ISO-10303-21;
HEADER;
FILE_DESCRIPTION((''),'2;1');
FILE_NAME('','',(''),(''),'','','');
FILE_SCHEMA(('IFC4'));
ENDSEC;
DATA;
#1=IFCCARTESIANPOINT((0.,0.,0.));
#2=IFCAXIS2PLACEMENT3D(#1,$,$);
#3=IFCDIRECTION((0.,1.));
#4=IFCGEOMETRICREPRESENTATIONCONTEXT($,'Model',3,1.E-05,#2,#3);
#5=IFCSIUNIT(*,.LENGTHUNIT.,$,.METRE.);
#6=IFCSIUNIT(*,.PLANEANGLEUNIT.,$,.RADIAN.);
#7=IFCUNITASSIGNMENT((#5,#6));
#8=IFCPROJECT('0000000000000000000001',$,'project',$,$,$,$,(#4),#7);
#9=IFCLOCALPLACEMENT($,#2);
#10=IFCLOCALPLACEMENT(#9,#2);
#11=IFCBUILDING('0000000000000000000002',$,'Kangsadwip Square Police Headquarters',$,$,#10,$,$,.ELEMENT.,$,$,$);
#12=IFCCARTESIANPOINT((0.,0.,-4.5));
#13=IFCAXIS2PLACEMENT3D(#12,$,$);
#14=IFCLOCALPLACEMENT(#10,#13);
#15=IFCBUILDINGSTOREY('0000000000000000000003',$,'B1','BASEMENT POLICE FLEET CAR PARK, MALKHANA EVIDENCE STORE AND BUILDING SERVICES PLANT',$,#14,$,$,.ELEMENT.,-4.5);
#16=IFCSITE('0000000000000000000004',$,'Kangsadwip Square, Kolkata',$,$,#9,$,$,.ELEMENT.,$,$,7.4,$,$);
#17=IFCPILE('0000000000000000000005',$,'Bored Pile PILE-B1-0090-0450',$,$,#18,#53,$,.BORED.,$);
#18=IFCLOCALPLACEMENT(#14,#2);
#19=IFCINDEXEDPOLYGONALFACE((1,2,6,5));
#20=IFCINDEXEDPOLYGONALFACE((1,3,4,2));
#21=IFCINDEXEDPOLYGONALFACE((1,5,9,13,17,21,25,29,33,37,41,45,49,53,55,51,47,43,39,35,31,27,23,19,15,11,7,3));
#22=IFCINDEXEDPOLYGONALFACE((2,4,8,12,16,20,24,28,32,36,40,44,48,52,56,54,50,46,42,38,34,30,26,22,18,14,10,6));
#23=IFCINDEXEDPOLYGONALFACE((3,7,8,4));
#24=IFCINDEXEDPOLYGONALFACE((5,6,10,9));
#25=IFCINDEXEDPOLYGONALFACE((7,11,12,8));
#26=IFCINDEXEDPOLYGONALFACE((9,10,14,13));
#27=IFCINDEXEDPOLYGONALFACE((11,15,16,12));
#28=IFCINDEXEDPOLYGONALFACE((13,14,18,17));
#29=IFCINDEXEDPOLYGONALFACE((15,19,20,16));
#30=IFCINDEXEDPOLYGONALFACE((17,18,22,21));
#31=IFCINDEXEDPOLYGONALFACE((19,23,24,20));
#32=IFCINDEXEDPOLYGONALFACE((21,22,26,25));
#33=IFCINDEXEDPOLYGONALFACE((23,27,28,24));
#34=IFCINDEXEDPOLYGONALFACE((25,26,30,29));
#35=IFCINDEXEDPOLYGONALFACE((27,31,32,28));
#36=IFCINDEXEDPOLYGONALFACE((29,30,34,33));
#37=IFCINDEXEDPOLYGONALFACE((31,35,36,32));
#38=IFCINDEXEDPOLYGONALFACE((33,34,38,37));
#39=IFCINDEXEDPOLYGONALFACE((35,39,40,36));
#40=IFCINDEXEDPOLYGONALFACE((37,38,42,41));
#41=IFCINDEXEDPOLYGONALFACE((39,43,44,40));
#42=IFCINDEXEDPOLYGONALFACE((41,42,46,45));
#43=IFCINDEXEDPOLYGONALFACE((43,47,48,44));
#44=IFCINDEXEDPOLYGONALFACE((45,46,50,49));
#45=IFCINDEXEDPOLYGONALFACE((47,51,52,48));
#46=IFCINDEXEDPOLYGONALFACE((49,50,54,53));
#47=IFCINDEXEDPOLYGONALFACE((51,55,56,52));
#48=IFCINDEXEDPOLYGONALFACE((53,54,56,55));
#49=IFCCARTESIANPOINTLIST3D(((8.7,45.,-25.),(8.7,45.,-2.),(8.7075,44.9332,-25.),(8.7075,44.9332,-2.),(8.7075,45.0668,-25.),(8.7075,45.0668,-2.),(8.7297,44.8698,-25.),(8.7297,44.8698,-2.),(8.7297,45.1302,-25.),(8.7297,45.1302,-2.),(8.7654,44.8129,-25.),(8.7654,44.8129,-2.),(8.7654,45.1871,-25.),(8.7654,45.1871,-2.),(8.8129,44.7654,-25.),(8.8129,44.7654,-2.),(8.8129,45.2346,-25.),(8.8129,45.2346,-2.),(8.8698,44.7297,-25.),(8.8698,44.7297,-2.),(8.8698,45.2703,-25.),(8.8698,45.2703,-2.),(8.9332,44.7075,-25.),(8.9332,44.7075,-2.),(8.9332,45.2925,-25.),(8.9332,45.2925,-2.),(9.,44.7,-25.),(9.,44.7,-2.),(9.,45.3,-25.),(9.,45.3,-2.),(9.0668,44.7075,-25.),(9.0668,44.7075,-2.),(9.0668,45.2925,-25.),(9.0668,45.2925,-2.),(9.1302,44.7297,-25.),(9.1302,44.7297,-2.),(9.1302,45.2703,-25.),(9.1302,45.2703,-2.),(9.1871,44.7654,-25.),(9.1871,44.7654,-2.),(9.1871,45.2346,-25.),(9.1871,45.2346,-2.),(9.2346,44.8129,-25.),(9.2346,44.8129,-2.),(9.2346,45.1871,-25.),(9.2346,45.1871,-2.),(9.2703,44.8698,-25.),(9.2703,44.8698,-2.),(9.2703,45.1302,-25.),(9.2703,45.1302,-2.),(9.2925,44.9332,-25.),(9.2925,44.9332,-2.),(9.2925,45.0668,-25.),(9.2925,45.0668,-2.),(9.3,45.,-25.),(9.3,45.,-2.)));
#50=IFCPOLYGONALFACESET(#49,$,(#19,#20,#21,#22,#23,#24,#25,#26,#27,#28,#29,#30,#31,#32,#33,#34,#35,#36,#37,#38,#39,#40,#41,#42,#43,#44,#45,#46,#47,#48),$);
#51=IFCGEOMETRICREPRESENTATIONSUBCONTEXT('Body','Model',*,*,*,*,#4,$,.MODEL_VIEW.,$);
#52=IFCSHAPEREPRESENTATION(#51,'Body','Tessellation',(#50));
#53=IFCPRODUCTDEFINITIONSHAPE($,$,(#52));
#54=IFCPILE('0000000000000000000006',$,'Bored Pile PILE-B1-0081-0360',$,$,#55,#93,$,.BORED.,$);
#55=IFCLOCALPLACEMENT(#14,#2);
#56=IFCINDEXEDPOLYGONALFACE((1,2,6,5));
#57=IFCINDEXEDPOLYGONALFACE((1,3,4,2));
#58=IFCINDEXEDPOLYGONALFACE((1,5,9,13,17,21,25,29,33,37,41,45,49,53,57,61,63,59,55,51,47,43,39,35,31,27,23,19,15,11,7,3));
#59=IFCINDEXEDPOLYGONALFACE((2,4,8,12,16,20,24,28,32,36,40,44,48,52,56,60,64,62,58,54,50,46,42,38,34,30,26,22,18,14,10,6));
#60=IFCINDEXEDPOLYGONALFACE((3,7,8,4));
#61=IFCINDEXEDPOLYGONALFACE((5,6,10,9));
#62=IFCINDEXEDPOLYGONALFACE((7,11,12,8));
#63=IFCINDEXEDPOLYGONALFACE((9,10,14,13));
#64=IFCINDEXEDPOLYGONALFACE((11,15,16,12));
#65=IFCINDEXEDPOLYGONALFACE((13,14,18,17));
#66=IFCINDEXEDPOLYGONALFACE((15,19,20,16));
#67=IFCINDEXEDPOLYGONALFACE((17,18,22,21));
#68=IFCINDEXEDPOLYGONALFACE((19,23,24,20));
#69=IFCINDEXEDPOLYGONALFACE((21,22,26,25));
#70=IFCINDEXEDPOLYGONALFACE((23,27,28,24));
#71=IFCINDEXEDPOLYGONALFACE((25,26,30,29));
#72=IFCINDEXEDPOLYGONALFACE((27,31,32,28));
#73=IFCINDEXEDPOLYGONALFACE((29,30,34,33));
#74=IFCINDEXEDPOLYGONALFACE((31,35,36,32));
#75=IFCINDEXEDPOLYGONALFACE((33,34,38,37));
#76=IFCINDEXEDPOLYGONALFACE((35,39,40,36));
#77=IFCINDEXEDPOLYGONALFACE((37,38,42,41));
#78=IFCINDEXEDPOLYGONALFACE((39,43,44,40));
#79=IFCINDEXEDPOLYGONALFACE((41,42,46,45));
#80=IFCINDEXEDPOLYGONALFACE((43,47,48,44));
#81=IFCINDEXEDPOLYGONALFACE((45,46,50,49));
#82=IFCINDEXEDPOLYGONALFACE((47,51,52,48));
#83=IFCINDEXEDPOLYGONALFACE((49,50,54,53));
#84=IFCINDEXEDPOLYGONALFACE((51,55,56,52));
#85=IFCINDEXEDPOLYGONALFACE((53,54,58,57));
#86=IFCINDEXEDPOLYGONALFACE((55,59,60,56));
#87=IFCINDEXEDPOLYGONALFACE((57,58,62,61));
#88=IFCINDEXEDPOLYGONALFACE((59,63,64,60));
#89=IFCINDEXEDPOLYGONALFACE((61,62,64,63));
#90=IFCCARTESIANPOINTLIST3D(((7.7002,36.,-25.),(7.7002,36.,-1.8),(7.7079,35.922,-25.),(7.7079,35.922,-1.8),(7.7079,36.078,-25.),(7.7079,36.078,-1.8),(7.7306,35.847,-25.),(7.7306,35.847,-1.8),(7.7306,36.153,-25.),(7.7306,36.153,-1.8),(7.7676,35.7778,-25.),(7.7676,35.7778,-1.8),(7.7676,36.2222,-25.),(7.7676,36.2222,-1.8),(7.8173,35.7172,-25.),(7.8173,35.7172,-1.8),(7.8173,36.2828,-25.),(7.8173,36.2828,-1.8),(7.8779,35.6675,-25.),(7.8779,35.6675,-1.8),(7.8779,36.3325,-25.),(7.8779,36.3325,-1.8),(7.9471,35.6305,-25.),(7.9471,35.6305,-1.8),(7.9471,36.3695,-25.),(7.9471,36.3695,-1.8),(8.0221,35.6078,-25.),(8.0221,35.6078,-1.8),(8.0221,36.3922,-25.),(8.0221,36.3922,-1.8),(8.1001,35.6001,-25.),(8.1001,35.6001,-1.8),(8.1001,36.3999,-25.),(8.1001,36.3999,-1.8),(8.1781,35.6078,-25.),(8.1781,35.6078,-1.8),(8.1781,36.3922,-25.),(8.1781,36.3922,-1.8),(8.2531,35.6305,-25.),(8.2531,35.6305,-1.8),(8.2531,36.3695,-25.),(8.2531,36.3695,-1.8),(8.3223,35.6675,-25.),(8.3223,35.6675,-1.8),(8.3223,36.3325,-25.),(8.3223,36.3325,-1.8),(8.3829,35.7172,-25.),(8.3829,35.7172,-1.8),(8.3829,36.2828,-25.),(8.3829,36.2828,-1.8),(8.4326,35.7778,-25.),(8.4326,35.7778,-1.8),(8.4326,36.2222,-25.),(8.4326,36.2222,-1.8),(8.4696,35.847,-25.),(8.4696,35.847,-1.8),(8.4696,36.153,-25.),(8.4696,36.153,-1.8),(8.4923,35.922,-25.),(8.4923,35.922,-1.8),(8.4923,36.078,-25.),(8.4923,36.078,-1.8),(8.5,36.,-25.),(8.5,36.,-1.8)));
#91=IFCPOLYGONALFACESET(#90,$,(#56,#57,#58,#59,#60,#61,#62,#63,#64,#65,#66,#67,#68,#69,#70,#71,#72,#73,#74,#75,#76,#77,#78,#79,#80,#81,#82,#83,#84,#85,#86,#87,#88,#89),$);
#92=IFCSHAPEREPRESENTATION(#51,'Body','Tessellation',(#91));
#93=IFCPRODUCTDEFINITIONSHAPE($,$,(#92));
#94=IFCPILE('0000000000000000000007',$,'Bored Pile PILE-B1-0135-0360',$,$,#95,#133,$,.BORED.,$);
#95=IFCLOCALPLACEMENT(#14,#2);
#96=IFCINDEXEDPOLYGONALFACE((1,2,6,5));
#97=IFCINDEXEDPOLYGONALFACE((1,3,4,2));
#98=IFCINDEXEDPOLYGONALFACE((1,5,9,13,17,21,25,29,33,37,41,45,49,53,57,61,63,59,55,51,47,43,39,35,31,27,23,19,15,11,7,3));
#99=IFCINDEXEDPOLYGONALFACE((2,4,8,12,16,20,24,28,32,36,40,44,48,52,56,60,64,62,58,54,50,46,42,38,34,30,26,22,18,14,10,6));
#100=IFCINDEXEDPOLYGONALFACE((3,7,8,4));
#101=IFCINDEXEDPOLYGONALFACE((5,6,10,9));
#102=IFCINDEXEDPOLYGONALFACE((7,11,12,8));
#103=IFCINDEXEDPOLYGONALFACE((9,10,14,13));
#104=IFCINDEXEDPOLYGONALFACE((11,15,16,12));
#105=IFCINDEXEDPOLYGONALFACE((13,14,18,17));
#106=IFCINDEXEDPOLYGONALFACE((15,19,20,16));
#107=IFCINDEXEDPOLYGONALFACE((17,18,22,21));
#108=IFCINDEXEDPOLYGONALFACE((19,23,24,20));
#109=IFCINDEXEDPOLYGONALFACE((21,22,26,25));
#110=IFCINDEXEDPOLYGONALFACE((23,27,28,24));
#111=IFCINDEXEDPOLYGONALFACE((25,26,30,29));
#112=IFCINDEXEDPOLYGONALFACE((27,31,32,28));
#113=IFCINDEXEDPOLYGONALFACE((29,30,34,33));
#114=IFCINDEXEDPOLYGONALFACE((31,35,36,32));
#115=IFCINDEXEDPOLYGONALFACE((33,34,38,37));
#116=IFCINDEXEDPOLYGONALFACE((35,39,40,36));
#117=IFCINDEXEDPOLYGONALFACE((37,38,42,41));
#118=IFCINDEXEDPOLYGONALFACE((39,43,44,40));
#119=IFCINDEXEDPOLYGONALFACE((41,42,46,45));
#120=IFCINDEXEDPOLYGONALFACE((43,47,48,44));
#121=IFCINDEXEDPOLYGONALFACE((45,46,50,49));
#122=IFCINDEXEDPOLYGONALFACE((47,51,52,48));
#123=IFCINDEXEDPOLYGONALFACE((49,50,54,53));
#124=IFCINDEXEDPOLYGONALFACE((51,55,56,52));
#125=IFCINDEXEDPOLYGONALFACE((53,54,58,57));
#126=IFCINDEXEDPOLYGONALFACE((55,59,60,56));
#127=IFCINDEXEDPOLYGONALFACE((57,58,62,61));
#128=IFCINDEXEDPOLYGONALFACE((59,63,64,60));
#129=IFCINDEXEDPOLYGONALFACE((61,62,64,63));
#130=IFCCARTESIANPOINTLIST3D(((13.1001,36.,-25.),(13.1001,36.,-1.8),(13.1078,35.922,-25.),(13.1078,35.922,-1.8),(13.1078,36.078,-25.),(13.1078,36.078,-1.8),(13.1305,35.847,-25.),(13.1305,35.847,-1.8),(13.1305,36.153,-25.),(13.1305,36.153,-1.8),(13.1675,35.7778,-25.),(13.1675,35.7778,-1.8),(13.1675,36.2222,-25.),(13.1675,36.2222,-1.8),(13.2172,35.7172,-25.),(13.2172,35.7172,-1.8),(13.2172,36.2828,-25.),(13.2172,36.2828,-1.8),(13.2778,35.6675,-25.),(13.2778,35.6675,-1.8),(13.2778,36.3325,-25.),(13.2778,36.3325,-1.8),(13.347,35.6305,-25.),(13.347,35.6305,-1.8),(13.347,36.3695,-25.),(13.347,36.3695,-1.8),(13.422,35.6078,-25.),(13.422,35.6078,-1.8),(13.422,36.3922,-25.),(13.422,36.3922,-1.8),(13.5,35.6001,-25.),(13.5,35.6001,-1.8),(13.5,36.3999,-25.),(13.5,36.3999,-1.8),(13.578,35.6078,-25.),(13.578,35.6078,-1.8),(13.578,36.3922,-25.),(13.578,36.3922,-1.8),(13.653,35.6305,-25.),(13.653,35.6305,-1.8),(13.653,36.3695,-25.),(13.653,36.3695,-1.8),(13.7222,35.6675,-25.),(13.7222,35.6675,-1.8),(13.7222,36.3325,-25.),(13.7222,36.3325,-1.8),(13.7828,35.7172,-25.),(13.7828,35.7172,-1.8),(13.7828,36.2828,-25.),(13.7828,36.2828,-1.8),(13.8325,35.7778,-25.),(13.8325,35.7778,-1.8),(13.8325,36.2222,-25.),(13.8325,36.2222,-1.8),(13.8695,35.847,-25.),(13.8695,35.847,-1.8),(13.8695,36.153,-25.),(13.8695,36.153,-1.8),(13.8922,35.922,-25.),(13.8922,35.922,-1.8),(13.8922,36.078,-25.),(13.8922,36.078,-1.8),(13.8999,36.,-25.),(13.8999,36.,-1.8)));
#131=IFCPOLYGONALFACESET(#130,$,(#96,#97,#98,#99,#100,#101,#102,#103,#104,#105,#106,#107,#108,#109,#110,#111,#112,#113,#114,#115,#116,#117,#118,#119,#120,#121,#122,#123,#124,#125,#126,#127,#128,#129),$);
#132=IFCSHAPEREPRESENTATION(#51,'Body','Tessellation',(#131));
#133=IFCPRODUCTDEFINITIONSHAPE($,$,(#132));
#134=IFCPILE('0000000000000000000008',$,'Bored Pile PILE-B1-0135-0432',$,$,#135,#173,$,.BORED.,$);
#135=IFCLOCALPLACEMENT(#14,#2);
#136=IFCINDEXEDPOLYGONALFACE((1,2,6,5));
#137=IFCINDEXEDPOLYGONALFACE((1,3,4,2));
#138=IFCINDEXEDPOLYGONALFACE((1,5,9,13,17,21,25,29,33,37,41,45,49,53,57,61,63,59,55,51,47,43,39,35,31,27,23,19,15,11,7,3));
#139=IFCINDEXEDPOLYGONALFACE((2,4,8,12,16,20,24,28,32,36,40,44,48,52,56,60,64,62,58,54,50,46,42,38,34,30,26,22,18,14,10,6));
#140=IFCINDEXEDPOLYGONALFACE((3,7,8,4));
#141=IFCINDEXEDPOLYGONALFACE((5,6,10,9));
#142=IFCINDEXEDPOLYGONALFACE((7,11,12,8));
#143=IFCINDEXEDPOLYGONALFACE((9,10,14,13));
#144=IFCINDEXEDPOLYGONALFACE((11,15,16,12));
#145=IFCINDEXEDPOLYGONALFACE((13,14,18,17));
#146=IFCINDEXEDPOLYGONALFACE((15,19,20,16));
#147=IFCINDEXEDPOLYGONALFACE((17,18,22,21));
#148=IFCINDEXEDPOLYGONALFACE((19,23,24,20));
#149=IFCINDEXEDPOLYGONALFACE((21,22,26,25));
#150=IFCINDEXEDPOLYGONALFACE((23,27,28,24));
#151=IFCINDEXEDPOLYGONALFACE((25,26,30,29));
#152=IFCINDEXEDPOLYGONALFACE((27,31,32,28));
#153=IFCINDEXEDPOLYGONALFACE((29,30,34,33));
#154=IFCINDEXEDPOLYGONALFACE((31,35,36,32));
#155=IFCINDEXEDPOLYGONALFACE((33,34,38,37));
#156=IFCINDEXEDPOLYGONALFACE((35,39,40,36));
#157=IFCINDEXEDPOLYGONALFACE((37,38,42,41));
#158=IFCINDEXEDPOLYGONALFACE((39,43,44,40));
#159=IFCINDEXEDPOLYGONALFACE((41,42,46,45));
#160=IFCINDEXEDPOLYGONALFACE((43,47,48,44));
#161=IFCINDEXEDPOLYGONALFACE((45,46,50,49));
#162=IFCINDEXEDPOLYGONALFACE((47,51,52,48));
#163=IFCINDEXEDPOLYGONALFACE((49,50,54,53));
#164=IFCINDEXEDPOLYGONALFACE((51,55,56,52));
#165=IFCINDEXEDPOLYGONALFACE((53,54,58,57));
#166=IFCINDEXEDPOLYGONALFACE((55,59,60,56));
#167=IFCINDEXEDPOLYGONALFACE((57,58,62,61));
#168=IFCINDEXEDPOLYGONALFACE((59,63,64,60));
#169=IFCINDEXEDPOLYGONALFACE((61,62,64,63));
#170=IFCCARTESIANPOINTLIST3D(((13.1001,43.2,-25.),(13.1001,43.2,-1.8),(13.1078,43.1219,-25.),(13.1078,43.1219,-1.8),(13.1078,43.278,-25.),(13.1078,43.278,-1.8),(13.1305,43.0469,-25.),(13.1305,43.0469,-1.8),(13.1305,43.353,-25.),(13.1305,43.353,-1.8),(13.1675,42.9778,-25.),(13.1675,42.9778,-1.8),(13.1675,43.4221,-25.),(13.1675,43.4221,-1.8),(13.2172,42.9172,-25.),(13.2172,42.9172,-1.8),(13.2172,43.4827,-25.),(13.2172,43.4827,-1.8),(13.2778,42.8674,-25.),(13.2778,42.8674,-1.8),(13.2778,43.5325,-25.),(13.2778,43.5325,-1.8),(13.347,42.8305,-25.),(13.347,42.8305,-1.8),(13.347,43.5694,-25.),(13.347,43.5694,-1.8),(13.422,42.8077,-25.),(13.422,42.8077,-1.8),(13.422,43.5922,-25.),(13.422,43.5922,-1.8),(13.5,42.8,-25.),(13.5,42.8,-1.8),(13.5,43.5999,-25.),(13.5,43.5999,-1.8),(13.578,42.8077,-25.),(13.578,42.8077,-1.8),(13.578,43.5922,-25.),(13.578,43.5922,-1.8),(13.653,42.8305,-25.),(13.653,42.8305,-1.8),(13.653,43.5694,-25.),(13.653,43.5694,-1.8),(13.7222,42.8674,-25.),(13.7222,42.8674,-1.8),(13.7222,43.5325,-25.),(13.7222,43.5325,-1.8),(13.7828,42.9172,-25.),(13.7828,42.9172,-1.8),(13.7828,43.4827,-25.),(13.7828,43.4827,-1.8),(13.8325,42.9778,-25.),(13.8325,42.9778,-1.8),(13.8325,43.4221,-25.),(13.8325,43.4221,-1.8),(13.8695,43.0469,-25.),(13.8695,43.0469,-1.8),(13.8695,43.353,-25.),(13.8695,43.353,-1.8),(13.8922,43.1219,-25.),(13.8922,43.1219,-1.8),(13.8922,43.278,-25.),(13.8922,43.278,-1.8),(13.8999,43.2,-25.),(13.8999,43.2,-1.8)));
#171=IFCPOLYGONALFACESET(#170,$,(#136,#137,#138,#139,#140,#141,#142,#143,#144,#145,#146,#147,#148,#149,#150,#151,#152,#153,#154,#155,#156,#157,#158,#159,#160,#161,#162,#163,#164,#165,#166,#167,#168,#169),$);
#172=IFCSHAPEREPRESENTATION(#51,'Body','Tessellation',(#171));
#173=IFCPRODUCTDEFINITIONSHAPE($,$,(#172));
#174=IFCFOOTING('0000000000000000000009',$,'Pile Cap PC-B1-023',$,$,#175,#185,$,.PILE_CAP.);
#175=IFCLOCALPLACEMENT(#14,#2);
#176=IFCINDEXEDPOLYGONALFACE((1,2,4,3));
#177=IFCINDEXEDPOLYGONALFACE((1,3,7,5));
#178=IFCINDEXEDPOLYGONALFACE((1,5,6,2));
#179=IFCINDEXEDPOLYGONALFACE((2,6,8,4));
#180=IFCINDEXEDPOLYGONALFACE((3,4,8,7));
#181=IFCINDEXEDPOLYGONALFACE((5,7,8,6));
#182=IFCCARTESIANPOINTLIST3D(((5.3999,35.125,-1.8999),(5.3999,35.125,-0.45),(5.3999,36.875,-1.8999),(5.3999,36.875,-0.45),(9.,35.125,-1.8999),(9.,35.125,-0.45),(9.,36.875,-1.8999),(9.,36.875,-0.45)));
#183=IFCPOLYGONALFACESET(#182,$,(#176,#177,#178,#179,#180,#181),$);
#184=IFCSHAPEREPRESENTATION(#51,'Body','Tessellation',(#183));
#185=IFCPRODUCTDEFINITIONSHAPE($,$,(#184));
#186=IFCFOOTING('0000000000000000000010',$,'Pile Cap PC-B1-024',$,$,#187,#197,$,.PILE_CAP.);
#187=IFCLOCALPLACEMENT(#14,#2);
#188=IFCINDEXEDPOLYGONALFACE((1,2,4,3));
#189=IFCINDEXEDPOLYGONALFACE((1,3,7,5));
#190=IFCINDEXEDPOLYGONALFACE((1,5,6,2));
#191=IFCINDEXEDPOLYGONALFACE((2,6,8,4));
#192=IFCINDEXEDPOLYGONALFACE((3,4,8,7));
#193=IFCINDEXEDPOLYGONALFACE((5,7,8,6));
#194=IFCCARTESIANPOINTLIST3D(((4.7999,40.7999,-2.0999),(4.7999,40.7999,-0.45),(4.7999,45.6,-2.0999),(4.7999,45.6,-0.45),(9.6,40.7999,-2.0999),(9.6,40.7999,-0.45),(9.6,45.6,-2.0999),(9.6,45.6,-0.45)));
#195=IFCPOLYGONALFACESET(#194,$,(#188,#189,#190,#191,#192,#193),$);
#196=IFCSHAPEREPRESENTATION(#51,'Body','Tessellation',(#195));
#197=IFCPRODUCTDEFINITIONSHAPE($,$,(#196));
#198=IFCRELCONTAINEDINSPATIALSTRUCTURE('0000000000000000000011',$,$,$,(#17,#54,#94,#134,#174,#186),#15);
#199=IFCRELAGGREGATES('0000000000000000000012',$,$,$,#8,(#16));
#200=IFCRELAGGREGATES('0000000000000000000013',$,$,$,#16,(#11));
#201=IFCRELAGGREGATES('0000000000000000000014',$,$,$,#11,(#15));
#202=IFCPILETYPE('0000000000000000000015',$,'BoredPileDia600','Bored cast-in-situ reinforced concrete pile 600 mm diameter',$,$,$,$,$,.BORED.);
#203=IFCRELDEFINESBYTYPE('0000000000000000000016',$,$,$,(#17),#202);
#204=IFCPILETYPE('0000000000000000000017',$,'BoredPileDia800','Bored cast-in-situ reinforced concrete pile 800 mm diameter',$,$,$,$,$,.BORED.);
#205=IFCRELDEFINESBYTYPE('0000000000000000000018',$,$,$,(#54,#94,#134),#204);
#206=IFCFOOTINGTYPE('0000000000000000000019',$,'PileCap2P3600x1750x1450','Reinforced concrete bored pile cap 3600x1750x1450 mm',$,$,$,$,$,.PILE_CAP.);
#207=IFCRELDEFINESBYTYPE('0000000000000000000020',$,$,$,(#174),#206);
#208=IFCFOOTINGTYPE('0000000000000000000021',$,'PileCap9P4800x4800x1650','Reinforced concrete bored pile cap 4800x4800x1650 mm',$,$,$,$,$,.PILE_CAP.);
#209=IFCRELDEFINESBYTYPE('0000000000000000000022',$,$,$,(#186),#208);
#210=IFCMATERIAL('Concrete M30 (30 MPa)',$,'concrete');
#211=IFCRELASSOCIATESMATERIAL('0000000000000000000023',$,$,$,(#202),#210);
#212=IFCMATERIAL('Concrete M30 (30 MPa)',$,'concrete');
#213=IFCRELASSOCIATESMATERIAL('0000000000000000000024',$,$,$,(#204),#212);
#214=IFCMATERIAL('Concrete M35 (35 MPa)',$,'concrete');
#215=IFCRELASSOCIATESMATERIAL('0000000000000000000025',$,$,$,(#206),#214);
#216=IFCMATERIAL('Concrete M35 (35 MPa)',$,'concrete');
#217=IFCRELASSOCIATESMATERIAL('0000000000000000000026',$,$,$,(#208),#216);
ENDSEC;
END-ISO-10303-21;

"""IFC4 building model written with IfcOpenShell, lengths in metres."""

from ifc_helpers import new_model, si_unit, direction, frame, origin, origin_2d, place, context, subcontext, project, spatial, rectangle, circle, extrude, material, material_profile, profile_set, type_object, element, save


model = new_model("IFC4")

# Units and contexts
model_context = context("Model", 3, precision=1e-05, world=origin(), true_north=direction((0.0, 1.0)))
body_context = subcontext(model_context, "Body", "Model", "MODEL_VIEW")
ifc_project = project(units=[si_unit("LENGTHUNIT", "METRE"), si_unit("PLANEANGLEUNIT", "RADIAN")], contexts=[model_context])

# Site, building, storey
site_placement = place(None, origin())
site = spatial("IfcSite", under=ifc_project, at=site_placement, Name="Kangsadwip Square, Kolkata", CompositionType="ELEMENT", RefElevation=7.4)
building_placement = place(site_placement, origin())
building = spatial("IfcBuilding", under=site, at=building_placement, Name="Kangsadwip Square Police Headquarters", CompositionType="ELEMENT")
storey_placement = place(building_placement, frame((0.0, 0.0, -4.5)))
storey = spatial("IfcBuildingStorey", under=building, at=storey_placement, Name="B1", Description="BASEMENT POLICE FLEET CAR PARK, MALKHANA EVIDENCE STORE AND BUILDING SERVICES PLANT", CompositionType="ELEMENT", Elevation=-4.5)

# Piles
ifc_material_1 = material(Name="Concrete M30 (30 MPa)", Category="concrete")
ifc_material_profile_1 = material_profile(ifc_material_1, circle(Radius=0.3, at=origin_2d()), Name="PILE DIA 600")
ifc_profile_set_1 = profile_set([ifc_material_profile_1], Name="Concrete M30 (30 MPa)")
pile_type_1 = type_object("IfcPileType", Name="BoredPileDia600", Description="Bored cast-in-situ reinforced concrete pile 600 mm diameter", PredefinedType="BORED", material=ifc_profile_set_1)
for number, where, z_axis, x_axis, name in (
    (1, (9.0, 45.0, -2.0), (0.0, 0.0, -1.0), (1.0, 0.0, 0.0), "Bored Pile PILE-B1-0090-0450"),
):
    element("IfcPile", number, at=place(storey_placement, frame(where, z_axis=z_axis, x_axis=x_axis)), inside=storey, type_object=pile_type_1, Name=name, PredefinedType="BORED", context=body_context, shape_type="SweptSolid", body=[
        extrude(circle(Radius=0.3, at=origin_2d()), origin(), (0.0, 0.0, 1.0), 23.0),
    ])
ifc_material_2 = material(Name="Concrete M30 (30 MPa)", Category="concrete")
ifc_material_profile_2 = material_profile(ifc_material_2, circle(Radius=0.3999, at=origin_2d()), Name="PILE DIA 800")
ifc_profile_set_2 = profile_set([ifc_material_profile_2], Name="Concrete M30 (30 MPa)")
pile_type_2 = type_object("IfcPileType", Name="BoredPileDia800", Description="Bored cast-in-situ reinforced concrete pile 800 mm diameter", PredefinedType="BORED", material=ifc_profile_set_2)
for number, where, z_axis, x_axis, name in (
    (2, (8.1001, 36.0, -1.8), (0.0, 0.0, -1.0), (1.0, 0.0, 0.0), "Bored Pile PILE-B1-0081-0360"),
    (3, (13.5, 36.0, -1.8), (0.0, 0.0, -1.0), (1.0, 0.0, 0.0), "Bored Pile PILE-B1-0135-0360"),
    (4, (13.5, 43.2, -1.8), (0.0, 0.0, -1.0), (1.0, 0.0, 0.0), "Bored Pile PILE-B1-0135-0432"),
):
    element("IfcPile", number, at=place(storey_placement, frame(where, z_axis=z_axis, x_axis=x_axis)), inside=storey, type_object=pile_type_2, Name=name, PredefinedType="BORED", context=body_context, shape_type="SweptSolid", body=[
        extrude(circle(Radius=0.3999, at=origin_2d()), origin(), (0.0, 0.0, 1.0), 23.2),
    ])

# Footings
ifc_material_3 = material(Name="Concrete M35 (35 MPa)", Category="concrete")
footing_type_1 = type_object("IfcFootingType", Name="PileCap2P3600x1750x1450", Description="Reinforced concrete bored pile cap 3600x1750x1450 mm", PredefinedType="PILE_CAP", material=ifc_material_3)
footing_1_placement = place(storey_placement, frame((7.2, 36.0, -1.8999), z_axis=(0.0, 0.0, 1.0), x_axis=(1.0, 0.0, 0.0)))
element("IfcFooting", 5, at=footing_1_placement, inside=storey, type_object=footing_type_1, Name="Pile Cap PC-B1-023", PredefinedType="PILE_CAP", context=body_context, shape_type="SweptSolid", body=[
    extrude(rectangle(XDim=3.6001, YDim=1.75, at=origin_2d()), origin(), (0.0, 0.0, 1.0), 1.45),
])
ifc_material_4 = material(Name="Concrete M35 (35 MPa)", Category="concrete")
footing_type_2 = type_object("IfcFootingType", Name="PileCap9P4800x4800x1650", Description="Reinforced concrete bored pile cap 4800x4800x1650 mm", PredefinedType="PILE_CAP", material=ifc_material_4)
footing_2_placement = place(storey_placement, frame((7.2, 43.2, -2.0999), z_axis=(0.0, 0.0, 1.0), x_axis=(1.0, 0.0, 0.0)))
element("IfcFooting", 6, at=footing_2_placement, inside=storey, type_object=footing_type_2, Name="Pile Cap PC-B1-024", PredefinedType="PILE_CAP", context=body_context, shape_type="SweptSolid", body=[
    extrude(rectangle(XDim=4.8, YDim=4.8, at=origin_2d()), origin(), (0.0, 0.0, 1.0), 1.6499),
])

save(model, "model.ifc")
